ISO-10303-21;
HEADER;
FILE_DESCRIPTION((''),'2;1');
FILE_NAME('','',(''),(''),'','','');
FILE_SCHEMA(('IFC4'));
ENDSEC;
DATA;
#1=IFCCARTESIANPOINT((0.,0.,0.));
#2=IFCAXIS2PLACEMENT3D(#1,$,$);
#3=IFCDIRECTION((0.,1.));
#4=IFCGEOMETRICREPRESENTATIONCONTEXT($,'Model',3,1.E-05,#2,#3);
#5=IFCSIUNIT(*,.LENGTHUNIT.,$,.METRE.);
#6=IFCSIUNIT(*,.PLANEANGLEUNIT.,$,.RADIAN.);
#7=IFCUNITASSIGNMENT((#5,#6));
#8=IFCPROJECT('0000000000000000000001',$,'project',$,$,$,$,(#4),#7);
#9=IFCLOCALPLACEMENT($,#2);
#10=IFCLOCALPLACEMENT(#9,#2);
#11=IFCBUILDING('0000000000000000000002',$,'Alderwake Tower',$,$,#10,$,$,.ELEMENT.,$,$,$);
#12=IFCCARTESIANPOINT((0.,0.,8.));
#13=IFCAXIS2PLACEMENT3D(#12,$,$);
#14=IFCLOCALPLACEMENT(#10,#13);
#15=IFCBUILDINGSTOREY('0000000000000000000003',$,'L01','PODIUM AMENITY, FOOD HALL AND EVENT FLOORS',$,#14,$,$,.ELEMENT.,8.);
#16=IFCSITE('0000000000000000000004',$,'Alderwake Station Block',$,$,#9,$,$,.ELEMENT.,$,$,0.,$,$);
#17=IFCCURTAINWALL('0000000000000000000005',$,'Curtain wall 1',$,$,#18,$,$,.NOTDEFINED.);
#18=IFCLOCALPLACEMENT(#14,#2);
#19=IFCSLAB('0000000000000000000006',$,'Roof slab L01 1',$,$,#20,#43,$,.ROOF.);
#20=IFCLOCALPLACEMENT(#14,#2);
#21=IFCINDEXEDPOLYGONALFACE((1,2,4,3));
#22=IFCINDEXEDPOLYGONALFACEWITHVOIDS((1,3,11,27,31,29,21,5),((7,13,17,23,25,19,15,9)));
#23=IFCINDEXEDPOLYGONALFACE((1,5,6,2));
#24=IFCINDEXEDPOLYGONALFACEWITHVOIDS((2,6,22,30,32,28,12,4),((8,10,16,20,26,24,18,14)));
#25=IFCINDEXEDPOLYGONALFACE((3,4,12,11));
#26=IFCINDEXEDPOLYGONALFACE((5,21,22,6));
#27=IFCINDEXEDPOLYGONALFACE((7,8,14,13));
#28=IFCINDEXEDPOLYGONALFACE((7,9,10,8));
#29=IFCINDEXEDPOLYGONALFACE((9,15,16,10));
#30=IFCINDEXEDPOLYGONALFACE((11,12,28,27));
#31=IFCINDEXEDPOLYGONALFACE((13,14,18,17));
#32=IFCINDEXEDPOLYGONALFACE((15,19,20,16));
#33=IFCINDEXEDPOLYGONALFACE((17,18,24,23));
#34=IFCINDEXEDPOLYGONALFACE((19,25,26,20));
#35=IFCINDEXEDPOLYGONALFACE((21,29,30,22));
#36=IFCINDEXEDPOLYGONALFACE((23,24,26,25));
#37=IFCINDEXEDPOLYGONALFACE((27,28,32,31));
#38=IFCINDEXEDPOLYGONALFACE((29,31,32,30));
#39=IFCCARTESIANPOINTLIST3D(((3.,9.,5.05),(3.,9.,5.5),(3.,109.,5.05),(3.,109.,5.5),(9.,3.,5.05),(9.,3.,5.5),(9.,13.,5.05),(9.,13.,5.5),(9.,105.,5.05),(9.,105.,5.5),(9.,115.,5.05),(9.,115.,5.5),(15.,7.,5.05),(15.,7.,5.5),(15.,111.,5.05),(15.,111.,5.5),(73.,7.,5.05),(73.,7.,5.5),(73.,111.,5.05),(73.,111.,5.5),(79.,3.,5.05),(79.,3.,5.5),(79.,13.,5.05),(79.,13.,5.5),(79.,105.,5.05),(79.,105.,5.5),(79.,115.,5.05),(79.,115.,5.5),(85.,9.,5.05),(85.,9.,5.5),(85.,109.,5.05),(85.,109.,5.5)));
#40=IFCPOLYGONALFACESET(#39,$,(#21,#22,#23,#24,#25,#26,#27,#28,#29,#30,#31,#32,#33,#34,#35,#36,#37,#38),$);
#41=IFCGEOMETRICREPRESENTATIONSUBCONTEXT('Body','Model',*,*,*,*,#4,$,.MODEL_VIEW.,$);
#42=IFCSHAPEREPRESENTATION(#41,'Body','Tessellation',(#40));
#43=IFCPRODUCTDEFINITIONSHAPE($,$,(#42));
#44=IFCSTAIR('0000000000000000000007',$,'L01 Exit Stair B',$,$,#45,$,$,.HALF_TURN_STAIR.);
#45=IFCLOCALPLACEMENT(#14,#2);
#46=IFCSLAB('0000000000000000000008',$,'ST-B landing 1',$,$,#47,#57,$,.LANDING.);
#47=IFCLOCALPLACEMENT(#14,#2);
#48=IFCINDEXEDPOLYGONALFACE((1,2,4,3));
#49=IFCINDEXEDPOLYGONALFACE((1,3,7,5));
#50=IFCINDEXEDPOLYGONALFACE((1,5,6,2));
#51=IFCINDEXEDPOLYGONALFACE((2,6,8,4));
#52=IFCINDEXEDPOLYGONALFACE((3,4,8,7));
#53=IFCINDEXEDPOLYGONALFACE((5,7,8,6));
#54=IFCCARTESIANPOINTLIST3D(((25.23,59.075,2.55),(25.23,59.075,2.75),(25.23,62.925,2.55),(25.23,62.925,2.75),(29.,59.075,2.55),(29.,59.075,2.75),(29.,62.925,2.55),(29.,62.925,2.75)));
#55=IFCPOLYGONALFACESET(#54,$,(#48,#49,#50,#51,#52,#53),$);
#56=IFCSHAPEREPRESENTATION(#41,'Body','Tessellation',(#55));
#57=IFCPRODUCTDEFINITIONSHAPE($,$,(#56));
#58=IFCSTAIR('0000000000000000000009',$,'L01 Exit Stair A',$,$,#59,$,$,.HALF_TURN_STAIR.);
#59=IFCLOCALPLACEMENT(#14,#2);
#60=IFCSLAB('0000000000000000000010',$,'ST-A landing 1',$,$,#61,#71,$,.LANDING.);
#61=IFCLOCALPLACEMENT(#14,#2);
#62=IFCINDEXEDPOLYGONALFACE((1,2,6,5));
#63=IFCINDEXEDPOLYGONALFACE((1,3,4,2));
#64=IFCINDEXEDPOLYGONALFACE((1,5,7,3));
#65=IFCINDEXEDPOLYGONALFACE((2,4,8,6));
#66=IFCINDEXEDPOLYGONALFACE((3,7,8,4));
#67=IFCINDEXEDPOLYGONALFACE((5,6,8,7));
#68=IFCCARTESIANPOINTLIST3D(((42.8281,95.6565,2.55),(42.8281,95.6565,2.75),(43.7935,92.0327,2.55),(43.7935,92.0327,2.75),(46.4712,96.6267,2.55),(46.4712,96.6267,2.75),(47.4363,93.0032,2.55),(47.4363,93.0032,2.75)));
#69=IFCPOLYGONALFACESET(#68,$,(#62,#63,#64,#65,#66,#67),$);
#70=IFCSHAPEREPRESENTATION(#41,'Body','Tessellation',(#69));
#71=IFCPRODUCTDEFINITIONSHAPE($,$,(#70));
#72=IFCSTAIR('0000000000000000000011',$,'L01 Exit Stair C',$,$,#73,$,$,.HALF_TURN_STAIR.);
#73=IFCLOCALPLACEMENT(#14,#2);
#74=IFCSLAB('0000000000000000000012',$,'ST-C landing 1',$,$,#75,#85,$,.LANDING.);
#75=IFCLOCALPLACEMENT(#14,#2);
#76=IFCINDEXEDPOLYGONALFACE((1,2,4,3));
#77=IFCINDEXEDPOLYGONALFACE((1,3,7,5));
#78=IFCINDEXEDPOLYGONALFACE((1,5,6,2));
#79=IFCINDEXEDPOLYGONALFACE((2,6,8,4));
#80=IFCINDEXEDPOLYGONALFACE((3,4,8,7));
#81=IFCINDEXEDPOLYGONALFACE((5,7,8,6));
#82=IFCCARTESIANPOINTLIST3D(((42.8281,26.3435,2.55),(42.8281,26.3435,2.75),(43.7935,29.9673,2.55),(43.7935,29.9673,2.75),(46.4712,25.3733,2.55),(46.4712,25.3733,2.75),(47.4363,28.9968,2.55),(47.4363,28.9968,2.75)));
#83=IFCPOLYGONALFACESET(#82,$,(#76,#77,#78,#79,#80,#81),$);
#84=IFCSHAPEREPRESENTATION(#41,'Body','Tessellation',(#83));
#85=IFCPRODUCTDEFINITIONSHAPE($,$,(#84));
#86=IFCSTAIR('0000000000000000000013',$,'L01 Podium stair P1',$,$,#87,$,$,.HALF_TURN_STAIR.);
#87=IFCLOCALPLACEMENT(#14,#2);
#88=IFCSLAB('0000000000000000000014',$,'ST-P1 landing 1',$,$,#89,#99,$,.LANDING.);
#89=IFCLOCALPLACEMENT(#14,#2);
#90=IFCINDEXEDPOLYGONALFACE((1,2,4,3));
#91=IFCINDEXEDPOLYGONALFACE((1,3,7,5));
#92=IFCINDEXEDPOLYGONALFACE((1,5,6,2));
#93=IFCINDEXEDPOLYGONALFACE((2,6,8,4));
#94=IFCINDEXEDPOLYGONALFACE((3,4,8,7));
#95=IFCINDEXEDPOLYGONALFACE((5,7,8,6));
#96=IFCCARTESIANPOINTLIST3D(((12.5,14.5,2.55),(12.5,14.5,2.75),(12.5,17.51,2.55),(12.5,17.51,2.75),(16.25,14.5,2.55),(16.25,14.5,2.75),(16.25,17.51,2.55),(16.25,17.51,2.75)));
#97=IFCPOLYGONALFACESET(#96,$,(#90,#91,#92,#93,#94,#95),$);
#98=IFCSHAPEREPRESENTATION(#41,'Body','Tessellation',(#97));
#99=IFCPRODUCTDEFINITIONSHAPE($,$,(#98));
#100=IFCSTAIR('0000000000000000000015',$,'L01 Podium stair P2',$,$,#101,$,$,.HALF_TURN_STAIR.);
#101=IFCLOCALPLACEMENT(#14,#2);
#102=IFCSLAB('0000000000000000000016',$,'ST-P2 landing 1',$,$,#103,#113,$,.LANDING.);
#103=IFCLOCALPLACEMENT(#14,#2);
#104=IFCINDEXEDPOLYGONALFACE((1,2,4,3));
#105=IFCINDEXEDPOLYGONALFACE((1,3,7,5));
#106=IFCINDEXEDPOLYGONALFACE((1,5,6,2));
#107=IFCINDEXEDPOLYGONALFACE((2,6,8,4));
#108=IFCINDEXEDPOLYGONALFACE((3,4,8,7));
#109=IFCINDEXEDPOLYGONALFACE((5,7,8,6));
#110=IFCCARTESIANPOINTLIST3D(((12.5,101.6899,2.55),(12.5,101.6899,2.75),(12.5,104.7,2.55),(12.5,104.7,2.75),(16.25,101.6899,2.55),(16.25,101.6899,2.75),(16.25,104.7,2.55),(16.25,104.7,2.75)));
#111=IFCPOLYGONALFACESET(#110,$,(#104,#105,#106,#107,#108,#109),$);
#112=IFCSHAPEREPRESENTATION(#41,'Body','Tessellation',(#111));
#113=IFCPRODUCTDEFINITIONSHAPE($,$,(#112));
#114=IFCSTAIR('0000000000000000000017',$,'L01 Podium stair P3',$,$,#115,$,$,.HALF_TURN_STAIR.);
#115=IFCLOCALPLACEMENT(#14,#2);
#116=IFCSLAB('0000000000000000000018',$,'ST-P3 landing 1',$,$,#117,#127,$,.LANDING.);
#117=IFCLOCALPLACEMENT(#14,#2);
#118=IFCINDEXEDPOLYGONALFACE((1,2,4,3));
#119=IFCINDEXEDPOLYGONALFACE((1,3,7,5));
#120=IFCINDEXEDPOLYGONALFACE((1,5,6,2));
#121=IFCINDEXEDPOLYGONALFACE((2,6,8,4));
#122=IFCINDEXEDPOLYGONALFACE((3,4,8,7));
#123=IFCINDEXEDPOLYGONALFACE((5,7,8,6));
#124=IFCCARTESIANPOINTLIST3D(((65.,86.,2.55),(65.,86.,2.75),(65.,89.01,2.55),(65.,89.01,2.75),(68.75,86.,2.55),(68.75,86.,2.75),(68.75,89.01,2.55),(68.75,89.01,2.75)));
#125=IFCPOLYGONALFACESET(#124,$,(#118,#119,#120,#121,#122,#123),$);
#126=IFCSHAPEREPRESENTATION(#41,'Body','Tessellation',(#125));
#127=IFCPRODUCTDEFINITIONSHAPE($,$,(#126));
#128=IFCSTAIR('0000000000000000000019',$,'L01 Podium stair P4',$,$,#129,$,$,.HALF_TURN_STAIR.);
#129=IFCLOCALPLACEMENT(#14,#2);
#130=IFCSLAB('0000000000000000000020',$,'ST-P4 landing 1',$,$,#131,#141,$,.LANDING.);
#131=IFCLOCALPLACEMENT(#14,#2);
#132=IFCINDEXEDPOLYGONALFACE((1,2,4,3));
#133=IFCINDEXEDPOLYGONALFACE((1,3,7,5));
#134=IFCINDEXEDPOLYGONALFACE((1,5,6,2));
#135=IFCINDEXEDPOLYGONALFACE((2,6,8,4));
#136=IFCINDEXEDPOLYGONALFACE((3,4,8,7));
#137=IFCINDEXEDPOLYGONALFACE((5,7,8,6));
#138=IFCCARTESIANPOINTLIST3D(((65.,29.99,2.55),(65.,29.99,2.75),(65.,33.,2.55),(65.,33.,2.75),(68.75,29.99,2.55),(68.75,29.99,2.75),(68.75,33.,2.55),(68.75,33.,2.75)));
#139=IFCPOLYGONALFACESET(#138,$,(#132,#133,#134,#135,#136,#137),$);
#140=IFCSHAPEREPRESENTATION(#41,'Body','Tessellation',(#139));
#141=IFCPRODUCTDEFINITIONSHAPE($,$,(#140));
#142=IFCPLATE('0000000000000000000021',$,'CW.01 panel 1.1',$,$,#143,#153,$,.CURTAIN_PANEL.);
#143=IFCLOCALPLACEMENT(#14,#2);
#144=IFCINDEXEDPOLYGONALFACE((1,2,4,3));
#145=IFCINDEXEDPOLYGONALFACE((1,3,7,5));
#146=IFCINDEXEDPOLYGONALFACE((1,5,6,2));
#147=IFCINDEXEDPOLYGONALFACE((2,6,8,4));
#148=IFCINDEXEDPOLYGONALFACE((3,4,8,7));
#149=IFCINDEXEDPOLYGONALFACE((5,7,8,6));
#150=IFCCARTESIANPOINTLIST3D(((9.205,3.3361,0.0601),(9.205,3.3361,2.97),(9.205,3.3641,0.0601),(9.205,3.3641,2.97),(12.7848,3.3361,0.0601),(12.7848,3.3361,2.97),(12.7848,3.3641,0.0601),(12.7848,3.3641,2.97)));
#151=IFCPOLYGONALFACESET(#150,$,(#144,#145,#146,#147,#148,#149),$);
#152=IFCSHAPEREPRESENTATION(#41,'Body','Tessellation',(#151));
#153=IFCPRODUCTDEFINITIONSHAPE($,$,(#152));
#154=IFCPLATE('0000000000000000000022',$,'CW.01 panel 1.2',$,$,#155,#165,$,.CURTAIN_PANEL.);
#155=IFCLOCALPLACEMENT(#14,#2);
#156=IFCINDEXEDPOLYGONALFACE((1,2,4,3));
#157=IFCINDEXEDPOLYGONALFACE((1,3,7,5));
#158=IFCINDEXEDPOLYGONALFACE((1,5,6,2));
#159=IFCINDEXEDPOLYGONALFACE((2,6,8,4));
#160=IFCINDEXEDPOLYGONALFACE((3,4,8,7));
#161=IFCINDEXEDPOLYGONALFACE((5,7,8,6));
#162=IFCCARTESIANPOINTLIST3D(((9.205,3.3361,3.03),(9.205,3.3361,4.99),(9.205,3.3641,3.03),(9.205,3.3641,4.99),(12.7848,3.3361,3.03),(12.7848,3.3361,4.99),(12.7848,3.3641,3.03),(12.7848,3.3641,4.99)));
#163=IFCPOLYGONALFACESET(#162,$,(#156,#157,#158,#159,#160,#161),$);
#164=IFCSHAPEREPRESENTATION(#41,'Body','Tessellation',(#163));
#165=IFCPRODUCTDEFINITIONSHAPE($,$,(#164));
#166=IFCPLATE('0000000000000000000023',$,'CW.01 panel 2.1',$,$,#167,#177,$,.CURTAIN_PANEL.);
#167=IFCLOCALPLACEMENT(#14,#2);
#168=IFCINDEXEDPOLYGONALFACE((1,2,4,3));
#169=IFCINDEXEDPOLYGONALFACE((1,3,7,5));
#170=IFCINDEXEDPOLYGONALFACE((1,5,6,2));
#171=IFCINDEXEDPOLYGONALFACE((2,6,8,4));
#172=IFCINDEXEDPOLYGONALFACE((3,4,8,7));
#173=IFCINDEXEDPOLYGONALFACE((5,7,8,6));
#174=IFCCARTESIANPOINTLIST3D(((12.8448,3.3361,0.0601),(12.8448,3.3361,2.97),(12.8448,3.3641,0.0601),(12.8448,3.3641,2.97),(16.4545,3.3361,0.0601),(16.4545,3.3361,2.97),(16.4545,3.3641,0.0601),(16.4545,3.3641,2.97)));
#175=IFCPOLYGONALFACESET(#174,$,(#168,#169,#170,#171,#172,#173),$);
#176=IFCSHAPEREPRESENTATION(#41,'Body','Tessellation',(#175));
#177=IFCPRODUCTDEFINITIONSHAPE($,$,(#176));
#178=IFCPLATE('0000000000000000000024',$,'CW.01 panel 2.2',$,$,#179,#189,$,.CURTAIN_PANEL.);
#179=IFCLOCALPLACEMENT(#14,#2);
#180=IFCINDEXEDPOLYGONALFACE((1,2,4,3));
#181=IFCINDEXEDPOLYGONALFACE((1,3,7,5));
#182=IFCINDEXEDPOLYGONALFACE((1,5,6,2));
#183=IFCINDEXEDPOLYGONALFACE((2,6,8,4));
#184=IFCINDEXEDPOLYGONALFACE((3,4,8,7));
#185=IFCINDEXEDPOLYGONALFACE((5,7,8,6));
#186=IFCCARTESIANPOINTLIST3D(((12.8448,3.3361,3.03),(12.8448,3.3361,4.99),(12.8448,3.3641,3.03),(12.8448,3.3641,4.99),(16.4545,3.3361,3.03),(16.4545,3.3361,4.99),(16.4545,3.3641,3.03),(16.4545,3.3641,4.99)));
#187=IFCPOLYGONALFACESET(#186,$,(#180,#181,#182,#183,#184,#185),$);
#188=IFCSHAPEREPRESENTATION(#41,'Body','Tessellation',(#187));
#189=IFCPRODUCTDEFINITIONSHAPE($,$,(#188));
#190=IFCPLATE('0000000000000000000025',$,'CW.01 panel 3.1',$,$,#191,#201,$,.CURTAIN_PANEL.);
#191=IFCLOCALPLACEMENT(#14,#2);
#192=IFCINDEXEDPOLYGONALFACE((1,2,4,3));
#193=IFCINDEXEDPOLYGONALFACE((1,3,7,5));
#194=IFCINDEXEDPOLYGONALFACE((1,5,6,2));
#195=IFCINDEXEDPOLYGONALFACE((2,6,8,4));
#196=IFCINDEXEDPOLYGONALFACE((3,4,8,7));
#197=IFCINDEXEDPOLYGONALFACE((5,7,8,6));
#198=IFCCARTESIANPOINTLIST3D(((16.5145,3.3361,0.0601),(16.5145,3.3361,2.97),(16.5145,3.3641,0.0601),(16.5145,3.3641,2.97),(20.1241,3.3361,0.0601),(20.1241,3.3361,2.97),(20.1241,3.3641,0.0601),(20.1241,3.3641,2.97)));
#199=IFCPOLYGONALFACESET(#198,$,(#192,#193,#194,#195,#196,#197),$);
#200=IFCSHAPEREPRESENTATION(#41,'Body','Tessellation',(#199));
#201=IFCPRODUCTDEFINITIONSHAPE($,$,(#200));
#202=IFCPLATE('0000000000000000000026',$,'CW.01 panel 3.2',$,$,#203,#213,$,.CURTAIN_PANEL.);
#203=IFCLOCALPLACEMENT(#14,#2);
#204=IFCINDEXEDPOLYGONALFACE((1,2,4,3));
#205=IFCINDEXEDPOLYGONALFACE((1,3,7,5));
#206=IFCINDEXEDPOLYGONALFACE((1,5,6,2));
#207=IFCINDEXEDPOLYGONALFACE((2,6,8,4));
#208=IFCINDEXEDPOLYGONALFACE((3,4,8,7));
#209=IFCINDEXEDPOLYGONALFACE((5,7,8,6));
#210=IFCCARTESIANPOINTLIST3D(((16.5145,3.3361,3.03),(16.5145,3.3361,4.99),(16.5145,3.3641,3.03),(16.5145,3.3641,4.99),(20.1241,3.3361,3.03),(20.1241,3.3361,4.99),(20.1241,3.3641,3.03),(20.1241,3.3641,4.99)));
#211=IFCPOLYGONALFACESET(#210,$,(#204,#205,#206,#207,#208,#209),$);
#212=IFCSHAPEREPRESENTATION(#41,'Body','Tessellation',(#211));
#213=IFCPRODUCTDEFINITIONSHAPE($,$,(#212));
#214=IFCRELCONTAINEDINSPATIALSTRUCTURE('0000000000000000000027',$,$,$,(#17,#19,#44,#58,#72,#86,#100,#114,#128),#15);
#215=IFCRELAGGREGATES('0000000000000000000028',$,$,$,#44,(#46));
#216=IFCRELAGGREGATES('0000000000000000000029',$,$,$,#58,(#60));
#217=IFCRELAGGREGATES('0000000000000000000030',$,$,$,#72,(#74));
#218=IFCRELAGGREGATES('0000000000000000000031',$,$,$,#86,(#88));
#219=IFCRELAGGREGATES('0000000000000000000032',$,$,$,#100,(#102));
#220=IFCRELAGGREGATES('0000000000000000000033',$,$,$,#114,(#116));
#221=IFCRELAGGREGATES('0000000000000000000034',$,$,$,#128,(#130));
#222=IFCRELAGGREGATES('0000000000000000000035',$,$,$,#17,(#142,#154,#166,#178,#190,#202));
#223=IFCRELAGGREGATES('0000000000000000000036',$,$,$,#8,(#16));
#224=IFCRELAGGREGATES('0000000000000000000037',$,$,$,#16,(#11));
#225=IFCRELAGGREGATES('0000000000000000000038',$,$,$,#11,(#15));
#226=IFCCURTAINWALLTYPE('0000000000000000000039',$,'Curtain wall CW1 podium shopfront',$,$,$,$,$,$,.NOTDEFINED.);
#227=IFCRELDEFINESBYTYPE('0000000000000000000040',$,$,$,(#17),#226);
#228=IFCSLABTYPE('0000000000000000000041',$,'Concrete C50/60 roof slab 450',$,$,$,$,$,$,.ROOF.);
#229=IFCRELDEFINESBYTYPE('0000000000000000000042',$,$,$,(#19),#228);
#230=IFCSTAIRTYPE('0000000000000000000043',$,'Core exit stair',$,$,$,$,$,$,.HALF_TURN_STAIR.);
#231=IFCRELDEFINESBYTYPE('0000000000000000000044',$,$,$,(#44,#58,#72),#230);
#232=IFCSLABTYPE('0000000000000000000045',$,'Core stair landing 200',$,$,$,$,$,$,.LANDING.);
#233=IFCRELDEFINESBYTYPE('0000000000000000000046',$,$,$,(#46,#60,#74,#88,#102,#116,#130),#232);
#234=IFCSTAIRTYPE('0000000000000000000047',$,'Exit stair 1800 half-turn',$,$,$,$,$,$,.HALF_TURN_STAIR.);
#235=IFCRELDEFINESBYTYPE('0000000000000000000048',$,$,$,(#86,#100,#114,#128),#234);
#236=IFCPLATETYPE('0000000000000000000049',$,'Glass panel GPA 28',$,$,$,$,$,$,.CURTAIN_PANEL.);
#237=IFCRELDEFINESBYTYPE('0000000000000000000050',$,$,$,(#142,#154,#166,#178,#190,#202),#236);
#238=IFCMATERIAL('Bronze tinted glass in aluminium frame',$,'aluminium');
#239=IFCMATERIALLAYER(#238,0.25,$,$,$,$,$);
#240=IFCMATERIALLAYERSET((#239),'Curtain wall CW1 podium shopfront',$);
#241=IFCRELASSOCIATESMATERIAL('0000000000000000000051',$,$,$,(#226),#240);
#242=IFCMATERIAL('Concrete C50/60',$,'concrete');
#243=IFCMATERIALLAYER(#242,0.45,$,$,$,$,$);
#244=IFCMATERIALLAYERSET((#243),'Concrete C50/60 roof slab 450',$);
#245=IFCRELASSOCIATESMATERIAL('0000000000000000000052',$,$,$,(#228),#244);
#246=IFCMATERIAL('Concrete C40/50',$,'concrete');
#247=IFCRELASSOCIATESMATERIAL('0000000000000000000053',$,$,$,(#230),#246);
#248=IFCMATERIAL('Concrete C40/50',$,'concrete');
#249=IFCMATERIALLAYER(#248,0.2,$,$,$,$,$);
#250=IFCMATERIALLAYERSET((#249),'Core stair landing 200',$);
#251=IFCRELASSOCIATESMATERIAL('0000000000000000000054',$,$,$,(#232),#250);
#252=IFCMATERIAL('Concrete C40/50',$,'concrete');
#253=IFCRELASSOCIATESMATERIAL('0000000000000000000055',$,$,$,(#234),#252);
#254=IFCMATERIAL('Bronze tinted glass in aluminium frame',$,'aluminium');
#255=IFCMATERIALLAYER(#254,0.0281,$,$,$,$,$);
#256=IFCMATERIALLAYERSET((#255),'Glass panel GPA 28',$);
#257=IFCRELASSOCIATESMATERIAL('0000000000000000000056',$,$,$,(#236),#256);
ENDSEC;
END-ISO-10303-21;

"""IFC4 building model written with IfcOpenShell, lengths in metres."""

from ifc_helpers import new_model, si_unit, direction, frame, origin, origin_2d, place, context, subcontext, project, spatial, polyline, rectangle, outline, extrude, material, layer, layer_set, type_object, element, aggregate, save


model = new_model("IFC4")

# Units and contexts
model_context = context("Model", 3, precision=1e-05, world=origin(), true_north=direction((0.0, 1.0)))
body_context = subcontext(model_context, "Body", "Model", "MODEL_VIEW")
ifc_project = project(units=[si_unit("LENGTHUNIT", "METRE"), si_unit("PLANEANGLEUNIT", "RADIAN")], contexts=[model_context])

# Site, building, storey
site_placement = place(None, origin())
site = spatial("IfcSite", under=ifc_project, at=site_placement, Name="Alderwake Station Block", CompositionType="ELEMENT", RefElevation=0.0)
building_placement = place(site_placement, origin())
building = spatial("IfcBuilding", under=site, at=building_placement, Name="Alderwake Tower", CompositionType="ELEMENT")
storey_placement = place(building_placement, frame((0.0, 0.0, 8.0)))
storey = spatial("IfcBuildingStorey", under=building, at=storey_placement, Name="L01", Description="PODIUM AMENITY, FOOD HALL AND EVENT FLOORS", CompositionType="ELEMENT", Elevation=8.0)

# Curtain wall
ifc_material_1 = material(Name="Bronze tinted glass in aluminium frame", Category="aluminium")
ifc_layer_1 = layer(ifc_material_1, 0.25)
ifc_layer_set_1 = layer_set([ifc_layer_1], Name="Curtain wall CW1 podium shopfront")
curtain_wall_type = type_object("IfcCurtainWallType", Name="Curtain wall CW1 podium shopfront", PredefinedType="NOTDEFINED", material=ifc_layer_set_1)
curtain_wall_1_placement = place(storey_placement, origin())
curtain_wall_1 = element("IfcCurtainWall", 1, at=curtain_wall_1_placement, inside=storey, type_object=curtain_wall_type, Name="Curtain wall 1", PredefinedType="NOTDEFINED")

# Slab
ifc_material_2 = material(Name="Concrete C50/60", Category="concrete")
ifc_layer_2 = layer(ifc_material_2, 0.45)
ifc_layer_set_2 = layer_set([ifc_layer_2], Name="Concrete C50/60 roof slab 450")
slab_type_1 = type_object("IfcSlabType", Name="Concrete C50/60 roof slab 450", PredefinedType="ROOF", material=ifc_layer_set_2)
slab_1_placement = place(storey_placement, frame((0.0, 0.0, 5.05)))
element("IfcSlab", 2, at=slab_1_placement, inside=storey, type_object=slab_type_1, Name="Roof slab L01 1", PredefinedType="ROOF", context=body_context, shape_type="SweptSolid", body=[
    extrude(outline(polyline([(3.0, 109.0), (9.0, 115.0), (79.0, 115.0), (85.0, 109.0), (85.0, 9.0), (79.0, 3.0), (9.0, 3.0), (3.0, 9.0), (3.0, 109.0)]), holes=[polyline([(79.0, 13.0), (79.0, 105.0), (73.0, 111.0), (15.0, 111.0), (9.0, 105.0), (9.0, 13.0), (15.0, 7.0), (73.0, 7.0), (79.0, 13.0)])]), origin(), (0.0, 0.0, 1.0), 0.45),
])

# Stairs, slabs
ifc_material_3 = material(Name="Concrete C40/50", Category="concrete")
stair_type_1 = type_object("IfcStairType", Name="Core exit stair", PredefinedType="HALF_TURN_STAIR", material=ifc_material_3)
stair_1_placement = place(storey_placement, origin())
stair_1 = element("IfcStair", 3, at=stair_1_placement, inside=storey, type_object=stair_type_1, Name="L01 Exit Stair B", PredefinedType="HALF_TURN_STAIR")
ifc_material_4 = material(Name="Concrete C40/50", Category="concrete")
ifc_layer_3 = layer(ifc_material_4, 0.2)
ifc_layer_set_3 = layer_set([ifc_layer_3], Name="Core stair landing 200")
slab_type_2 = type_object("IfcSlabType", Name="Core stair landing 200", PredefinedType="LANDING", material=ifc_layer_set_3)
slab_2_placement = place(storey_placement, frame((0.0, 0.0, 2.55)))
slab_2 = element("IfcSlab", 4, at=slab_2_placement, type_object=slab_type_2, Name="ST-B landing 1", PredefinedType="LANDING", context=body_context, shape_type="SweptSolid", body=[
    extrude(outline(polyline([(25.23, 59.075), (29.0, 59.075), (29.0, 62.925), (25.23, 62.925), (25.23, 59.075)])), origin(), (0.0, 0.0, 1.0), 0.2),
])
aggregate(stair_1, [slab_2])
stair_2_placement = place(storey_placement, origin())
stair_2 = element("IfcStair", 5, at=stair_2_placement, inside=storey, type_object=stair_type_1, Name="L01 Exit Stair A", PredefinedType="HALF_TURN_STAIR")
slab_3_placement = place(storey_placement, frame((0.0, 0.0, 2.55)))
slab_3 = element("IfcSlab", 6, at=slab_3_placement, type_object=slab_type_2, Name="ST-A landing 1", PredefinedType="LANDING", context=body_context, shape_type="SweptSolid", body=[
    extrude(outline(polyline([(43.7935, 92.0327), (47.4363, 93.0032), (46.4712, 96.6267), (42.8281, 95.6565), (43.7935, 92.0327)])), origin(), (0.0, 0.0, 1.0), 0.2),
])
aggregate(stair_2, [slab_3])
stair_3_placement = place(storey_placement, origin())
stair_3 = element("IfcStair", 7, at=stair_3_placement, inside=storey, type_object=stair_type_1, Name="L01 Exit Stair C", PredefinedType="HALF_TURN_STAIR")
slab_4_placement = place(storey_placement, frame((0.0, 0.0, 2.55)))
slab_4 = element("IfcSlab", 8, at=slab_4_placement, type_object=slab_type_2, Name="ST-C landing 1", PredefinedType="LANDING", context=body_context, shape_type="SweptSolid", body=[
    extrude(outline(polyline([(42.8281, 26.3435), (46.4712, 25.3733), (47.4363, 28.9968), (43.7935, 29.9673), (42.8281, 26.3435)])), origin(), (0.0, 0.0, 1.0), 0.2),
])
aggregate(stair_3, [slab_4])
ifc_material_5 = material(Name="Concrete C40/50", Category="concrete")
stair_type_2 = type_object("IfcStairType", Name="Exit stair 1800 half-turn", PredefinedType="HALF_TURN_STAIR", material=ifc_material_5)
stair_4_placement = place(storey_placement, origin())
stair_4 = element("IfcStair", 9, at=stair_4_placement, inside=storey, type_object=stair_type_2, Name="L01 Podium stair P1", PredefinedType="HALF_TURN_STAIR")
slab_5_placement = place(storey_placement, frame((0.0, 0.0, 2.55)))
slab_5 = element("IfcSlab", 10, at=slab_5_placement, type_object=slab_type_2, Name="ST-P1 landing 1", PredefinedType="LANDING", context=body_context, shape_type="SweptSolid", body=[
    extrude(outline(polyline([(12.5, 17.51), (12.5, 14.5), (16.25, 14.5), (16.25, 17.51), (12.5, 17.51)])), origin(), (0.0, 0.0, 1.0), 0.2),
])
aggregate(stair_4, [slab_5])
stair_5_placement = place(storey_placement, origin())
stair_5 = element("IfcStair", 11, at=stair_5_placement, inside=storey, type_object=stair_type_2, Name="L01 Podium stair P2", PredefinedType="HALF_TURN_STAIR")
slab_6_placement = place(storey_placement, frame((0.0, 0.0, 2.55)))
slab_6 = element("IfcSlab", 12, at=slab_6_placement, type_object=slab_type_2, Name="ST-P2 landing 1", PredefinedType="LANDING", context=body_context, shape_type="SweptSolid", body=[
    extrude(outline(polyline([(16.25, 101.6899), (16.25, 104.7), (12.5, 104.7), (12.5, 101.6899), (16.25, 101.6899)])), origin(), (0.0, 0.0, 1.0), 0.2),
])
aggregate(stair_5, [slab_6])
stair_6_placement = place(storey_placement, origin())
stair_6 = element("IfcStair", 13, at=stair_6_placement, inside=storey, type_object=stair_type_2, Name="L01 Podium stair P3", PredefinedType="HALF_TURN_STAIR")
slab_7_placement = place(storey_placement, frame((0.0, 0.0, 2.55)))
slab_7 = element("IfcSlab", 14, at=slab_7_placement, type_object=slab_type_2, Name="ST-P3 landing 1", PredefinedType="LANDING", context=body_context, shape_type="SweptSolid", body=[
    extrude(outline(polyline([(65.0, 89.01), (65.0, 86.0), (68.75, 86.0), (68.75, 89.01), (65.0, 89.01)])), origin(), (0.0, 0.0, 1.0), 0.2),
])
aggregate(stair_6, [slab_7])
stair_7_placement = place(storey_placement, origin())
stair_7 = element("IfcStair", 15, at=stair_7_placement, inside=storey, type_object=stair_type_2, Name="L01 Podium stair P4", PredefinedType="HALF_TURN_STAIR")
slab_8_placement = place(storey_placement, frame((0.0, 0.0, 2.55)))
slab_8 = element("IfcSlab", 16, at=slab_8_placement, type_object=slab_type_2, Name="ST-P4 landing 1", PredefinedType="LANDING", context=body_context, shape_type="SweptSolid", body=[
    extrude(outline(polyline([(68.75, 29.99), (68.75, 33.0), (65.0, 33.0), (65.0, 29.99), (68.75, 29.99)])), origin(), (0.0, 0.0, 1.0), 0.2),
])
aggregate(stair_7, [slab_8])

# Plates
ifc_material_6 = material(Name="Bronze tinted glass in aluminium frame", Category="aluminium")
ifc_layer_4 = layer(ifc_material_6, 0.0281)
ifc_layer_set_4 = layer_set([ifc_layer_4], Name="Glass panel GPA 28")
plate_type = type_object("IfcPlateType", Name="Glass panel GPA 28", PredefinedType="CURTAIN_PANEL", material=ifc_layer_set_4)
plate_1_placement = place(storey_placement, frame((10.9949, 3.3501, 0.0601), z_axis=(0.0, 0.0, 1.0), x_axis=(1.0, 0.0, 0.0)))
plate_1 = element("IfcPlate", 17, at=plate_1_placement, type_object=plate_type, Name="CW.01 panel 1.1", PredefinedType="CURTAIN_PANEL", context=body_context, shape_type="SweptSolid", body=[
    extrude(rectangle(XDim=3.5798, YDim=0.0281, at=origin_2d()), origin(), (0.0, 0.0, 1.0), 2.9099),
])
plate_2_placement = place(storey_placement, frame((10.9949, 3.3501, 3.03), z_axis=(0.0, 0.0, 1.0), x_axis=(1.0, 0.0, 0.0)))
plate_2 = element("IfcPlate", 18, at=plate_2_placement, type_object=plate_type, Name="CW.01 panel 1.2", PredefinedType="CURTAIN_PANEL", context=body_context, shape_type="SweptSolid", body=[
    extrude(rectangle(XDim=3.5798, YDim=0.0281, at=origin_2d()), origin(), (0.0, 0.0, 1.0), 1.96),
])
plate_3_placement = place(storey_placement, frame((14.6497, 3.3501, 0.0601), z_axis=(0.0, 0.0, 1.0), x_axis=(1.0, 0.0, 0.0)))
plate_3 = element("IfcPlate", 19, at=plate_3_placement, type_object=plate_type, Name="CW.01 panel 2.1", PredefinedType="CURTAIN_PANEL", context=body_context, shape_type="SweptSolid", body=[
    extrude(rectangle(XDim=3.6096, YDim=0.0281, at=origin_2d()), origin(), (0.0, 0.0, 1.0), 2.9099),
])
plate_4_placement = place(storey_placement, frame((14.6497, 3.3501, 3.03), z_axis=(0.0, 0.0, 1.0), x_axis=(1.0, 0.0, 0.0)))
plate_4 = element("IfcPlate", 20, at=plate_4_placement, type_object=plate_type, Name="CW.01 panel 2.2", PredefinedType="CURTAIN_PANEL", context=body_context, shape_type="SweptSolid", body=[
    extrude(rectangle(XDim=3.6096, YDim=0.0281, at=origin_2d()), origin(), (0.0, 0.0, 1.0), 1.96),
])
plate_5_placement = place(storey_placement, frame((18.3193, 3.3501, 0.0601), z_axis=(0.0, 0.0, 1.0), x_axis=(1.0, 0.0, 0.0)))
plate_5 = element("IfcPlate", 21, at=plate_5_placement, type_object=plate_type, Name="CW.01 panel 3.1", PredefinedType="CURTAIN_PANEL", context=body_context, shape_type="SweptSolid", body=[
    extrude(rectangle(XDim=3.6096, YDim=0.0281, at=origin_2d()), origin(), (0.0, 0.0, 1.0), 2.9099),
])
plate_6_placement = place(storey_placement, frame((18.3193, 3.3501, 3.03), z_axis=(0.0, 0.0, 1.0), x_axis=(1.0, 0.0, 0.0)))
plate_6 = element("IfcPlate", 22, at=plate_6_placement, type_object=plate_type, Name="CW.01 panel 3.2", PredefinedType="CURTAIN_PANEL", context=body_context, shape_type="SweptSolid", body=[
    extrude(rectangle(XDim=3.6096, YDim=0.0281, at=origin_2d()), origin(), (0.0, 0.0, 1.0), 1.96),
])
aggregate(curtain_wall_1, [plate_1, plate_2, plate_3, plate_4, plate_5, plate_6])

save(model, "model.ifc")
